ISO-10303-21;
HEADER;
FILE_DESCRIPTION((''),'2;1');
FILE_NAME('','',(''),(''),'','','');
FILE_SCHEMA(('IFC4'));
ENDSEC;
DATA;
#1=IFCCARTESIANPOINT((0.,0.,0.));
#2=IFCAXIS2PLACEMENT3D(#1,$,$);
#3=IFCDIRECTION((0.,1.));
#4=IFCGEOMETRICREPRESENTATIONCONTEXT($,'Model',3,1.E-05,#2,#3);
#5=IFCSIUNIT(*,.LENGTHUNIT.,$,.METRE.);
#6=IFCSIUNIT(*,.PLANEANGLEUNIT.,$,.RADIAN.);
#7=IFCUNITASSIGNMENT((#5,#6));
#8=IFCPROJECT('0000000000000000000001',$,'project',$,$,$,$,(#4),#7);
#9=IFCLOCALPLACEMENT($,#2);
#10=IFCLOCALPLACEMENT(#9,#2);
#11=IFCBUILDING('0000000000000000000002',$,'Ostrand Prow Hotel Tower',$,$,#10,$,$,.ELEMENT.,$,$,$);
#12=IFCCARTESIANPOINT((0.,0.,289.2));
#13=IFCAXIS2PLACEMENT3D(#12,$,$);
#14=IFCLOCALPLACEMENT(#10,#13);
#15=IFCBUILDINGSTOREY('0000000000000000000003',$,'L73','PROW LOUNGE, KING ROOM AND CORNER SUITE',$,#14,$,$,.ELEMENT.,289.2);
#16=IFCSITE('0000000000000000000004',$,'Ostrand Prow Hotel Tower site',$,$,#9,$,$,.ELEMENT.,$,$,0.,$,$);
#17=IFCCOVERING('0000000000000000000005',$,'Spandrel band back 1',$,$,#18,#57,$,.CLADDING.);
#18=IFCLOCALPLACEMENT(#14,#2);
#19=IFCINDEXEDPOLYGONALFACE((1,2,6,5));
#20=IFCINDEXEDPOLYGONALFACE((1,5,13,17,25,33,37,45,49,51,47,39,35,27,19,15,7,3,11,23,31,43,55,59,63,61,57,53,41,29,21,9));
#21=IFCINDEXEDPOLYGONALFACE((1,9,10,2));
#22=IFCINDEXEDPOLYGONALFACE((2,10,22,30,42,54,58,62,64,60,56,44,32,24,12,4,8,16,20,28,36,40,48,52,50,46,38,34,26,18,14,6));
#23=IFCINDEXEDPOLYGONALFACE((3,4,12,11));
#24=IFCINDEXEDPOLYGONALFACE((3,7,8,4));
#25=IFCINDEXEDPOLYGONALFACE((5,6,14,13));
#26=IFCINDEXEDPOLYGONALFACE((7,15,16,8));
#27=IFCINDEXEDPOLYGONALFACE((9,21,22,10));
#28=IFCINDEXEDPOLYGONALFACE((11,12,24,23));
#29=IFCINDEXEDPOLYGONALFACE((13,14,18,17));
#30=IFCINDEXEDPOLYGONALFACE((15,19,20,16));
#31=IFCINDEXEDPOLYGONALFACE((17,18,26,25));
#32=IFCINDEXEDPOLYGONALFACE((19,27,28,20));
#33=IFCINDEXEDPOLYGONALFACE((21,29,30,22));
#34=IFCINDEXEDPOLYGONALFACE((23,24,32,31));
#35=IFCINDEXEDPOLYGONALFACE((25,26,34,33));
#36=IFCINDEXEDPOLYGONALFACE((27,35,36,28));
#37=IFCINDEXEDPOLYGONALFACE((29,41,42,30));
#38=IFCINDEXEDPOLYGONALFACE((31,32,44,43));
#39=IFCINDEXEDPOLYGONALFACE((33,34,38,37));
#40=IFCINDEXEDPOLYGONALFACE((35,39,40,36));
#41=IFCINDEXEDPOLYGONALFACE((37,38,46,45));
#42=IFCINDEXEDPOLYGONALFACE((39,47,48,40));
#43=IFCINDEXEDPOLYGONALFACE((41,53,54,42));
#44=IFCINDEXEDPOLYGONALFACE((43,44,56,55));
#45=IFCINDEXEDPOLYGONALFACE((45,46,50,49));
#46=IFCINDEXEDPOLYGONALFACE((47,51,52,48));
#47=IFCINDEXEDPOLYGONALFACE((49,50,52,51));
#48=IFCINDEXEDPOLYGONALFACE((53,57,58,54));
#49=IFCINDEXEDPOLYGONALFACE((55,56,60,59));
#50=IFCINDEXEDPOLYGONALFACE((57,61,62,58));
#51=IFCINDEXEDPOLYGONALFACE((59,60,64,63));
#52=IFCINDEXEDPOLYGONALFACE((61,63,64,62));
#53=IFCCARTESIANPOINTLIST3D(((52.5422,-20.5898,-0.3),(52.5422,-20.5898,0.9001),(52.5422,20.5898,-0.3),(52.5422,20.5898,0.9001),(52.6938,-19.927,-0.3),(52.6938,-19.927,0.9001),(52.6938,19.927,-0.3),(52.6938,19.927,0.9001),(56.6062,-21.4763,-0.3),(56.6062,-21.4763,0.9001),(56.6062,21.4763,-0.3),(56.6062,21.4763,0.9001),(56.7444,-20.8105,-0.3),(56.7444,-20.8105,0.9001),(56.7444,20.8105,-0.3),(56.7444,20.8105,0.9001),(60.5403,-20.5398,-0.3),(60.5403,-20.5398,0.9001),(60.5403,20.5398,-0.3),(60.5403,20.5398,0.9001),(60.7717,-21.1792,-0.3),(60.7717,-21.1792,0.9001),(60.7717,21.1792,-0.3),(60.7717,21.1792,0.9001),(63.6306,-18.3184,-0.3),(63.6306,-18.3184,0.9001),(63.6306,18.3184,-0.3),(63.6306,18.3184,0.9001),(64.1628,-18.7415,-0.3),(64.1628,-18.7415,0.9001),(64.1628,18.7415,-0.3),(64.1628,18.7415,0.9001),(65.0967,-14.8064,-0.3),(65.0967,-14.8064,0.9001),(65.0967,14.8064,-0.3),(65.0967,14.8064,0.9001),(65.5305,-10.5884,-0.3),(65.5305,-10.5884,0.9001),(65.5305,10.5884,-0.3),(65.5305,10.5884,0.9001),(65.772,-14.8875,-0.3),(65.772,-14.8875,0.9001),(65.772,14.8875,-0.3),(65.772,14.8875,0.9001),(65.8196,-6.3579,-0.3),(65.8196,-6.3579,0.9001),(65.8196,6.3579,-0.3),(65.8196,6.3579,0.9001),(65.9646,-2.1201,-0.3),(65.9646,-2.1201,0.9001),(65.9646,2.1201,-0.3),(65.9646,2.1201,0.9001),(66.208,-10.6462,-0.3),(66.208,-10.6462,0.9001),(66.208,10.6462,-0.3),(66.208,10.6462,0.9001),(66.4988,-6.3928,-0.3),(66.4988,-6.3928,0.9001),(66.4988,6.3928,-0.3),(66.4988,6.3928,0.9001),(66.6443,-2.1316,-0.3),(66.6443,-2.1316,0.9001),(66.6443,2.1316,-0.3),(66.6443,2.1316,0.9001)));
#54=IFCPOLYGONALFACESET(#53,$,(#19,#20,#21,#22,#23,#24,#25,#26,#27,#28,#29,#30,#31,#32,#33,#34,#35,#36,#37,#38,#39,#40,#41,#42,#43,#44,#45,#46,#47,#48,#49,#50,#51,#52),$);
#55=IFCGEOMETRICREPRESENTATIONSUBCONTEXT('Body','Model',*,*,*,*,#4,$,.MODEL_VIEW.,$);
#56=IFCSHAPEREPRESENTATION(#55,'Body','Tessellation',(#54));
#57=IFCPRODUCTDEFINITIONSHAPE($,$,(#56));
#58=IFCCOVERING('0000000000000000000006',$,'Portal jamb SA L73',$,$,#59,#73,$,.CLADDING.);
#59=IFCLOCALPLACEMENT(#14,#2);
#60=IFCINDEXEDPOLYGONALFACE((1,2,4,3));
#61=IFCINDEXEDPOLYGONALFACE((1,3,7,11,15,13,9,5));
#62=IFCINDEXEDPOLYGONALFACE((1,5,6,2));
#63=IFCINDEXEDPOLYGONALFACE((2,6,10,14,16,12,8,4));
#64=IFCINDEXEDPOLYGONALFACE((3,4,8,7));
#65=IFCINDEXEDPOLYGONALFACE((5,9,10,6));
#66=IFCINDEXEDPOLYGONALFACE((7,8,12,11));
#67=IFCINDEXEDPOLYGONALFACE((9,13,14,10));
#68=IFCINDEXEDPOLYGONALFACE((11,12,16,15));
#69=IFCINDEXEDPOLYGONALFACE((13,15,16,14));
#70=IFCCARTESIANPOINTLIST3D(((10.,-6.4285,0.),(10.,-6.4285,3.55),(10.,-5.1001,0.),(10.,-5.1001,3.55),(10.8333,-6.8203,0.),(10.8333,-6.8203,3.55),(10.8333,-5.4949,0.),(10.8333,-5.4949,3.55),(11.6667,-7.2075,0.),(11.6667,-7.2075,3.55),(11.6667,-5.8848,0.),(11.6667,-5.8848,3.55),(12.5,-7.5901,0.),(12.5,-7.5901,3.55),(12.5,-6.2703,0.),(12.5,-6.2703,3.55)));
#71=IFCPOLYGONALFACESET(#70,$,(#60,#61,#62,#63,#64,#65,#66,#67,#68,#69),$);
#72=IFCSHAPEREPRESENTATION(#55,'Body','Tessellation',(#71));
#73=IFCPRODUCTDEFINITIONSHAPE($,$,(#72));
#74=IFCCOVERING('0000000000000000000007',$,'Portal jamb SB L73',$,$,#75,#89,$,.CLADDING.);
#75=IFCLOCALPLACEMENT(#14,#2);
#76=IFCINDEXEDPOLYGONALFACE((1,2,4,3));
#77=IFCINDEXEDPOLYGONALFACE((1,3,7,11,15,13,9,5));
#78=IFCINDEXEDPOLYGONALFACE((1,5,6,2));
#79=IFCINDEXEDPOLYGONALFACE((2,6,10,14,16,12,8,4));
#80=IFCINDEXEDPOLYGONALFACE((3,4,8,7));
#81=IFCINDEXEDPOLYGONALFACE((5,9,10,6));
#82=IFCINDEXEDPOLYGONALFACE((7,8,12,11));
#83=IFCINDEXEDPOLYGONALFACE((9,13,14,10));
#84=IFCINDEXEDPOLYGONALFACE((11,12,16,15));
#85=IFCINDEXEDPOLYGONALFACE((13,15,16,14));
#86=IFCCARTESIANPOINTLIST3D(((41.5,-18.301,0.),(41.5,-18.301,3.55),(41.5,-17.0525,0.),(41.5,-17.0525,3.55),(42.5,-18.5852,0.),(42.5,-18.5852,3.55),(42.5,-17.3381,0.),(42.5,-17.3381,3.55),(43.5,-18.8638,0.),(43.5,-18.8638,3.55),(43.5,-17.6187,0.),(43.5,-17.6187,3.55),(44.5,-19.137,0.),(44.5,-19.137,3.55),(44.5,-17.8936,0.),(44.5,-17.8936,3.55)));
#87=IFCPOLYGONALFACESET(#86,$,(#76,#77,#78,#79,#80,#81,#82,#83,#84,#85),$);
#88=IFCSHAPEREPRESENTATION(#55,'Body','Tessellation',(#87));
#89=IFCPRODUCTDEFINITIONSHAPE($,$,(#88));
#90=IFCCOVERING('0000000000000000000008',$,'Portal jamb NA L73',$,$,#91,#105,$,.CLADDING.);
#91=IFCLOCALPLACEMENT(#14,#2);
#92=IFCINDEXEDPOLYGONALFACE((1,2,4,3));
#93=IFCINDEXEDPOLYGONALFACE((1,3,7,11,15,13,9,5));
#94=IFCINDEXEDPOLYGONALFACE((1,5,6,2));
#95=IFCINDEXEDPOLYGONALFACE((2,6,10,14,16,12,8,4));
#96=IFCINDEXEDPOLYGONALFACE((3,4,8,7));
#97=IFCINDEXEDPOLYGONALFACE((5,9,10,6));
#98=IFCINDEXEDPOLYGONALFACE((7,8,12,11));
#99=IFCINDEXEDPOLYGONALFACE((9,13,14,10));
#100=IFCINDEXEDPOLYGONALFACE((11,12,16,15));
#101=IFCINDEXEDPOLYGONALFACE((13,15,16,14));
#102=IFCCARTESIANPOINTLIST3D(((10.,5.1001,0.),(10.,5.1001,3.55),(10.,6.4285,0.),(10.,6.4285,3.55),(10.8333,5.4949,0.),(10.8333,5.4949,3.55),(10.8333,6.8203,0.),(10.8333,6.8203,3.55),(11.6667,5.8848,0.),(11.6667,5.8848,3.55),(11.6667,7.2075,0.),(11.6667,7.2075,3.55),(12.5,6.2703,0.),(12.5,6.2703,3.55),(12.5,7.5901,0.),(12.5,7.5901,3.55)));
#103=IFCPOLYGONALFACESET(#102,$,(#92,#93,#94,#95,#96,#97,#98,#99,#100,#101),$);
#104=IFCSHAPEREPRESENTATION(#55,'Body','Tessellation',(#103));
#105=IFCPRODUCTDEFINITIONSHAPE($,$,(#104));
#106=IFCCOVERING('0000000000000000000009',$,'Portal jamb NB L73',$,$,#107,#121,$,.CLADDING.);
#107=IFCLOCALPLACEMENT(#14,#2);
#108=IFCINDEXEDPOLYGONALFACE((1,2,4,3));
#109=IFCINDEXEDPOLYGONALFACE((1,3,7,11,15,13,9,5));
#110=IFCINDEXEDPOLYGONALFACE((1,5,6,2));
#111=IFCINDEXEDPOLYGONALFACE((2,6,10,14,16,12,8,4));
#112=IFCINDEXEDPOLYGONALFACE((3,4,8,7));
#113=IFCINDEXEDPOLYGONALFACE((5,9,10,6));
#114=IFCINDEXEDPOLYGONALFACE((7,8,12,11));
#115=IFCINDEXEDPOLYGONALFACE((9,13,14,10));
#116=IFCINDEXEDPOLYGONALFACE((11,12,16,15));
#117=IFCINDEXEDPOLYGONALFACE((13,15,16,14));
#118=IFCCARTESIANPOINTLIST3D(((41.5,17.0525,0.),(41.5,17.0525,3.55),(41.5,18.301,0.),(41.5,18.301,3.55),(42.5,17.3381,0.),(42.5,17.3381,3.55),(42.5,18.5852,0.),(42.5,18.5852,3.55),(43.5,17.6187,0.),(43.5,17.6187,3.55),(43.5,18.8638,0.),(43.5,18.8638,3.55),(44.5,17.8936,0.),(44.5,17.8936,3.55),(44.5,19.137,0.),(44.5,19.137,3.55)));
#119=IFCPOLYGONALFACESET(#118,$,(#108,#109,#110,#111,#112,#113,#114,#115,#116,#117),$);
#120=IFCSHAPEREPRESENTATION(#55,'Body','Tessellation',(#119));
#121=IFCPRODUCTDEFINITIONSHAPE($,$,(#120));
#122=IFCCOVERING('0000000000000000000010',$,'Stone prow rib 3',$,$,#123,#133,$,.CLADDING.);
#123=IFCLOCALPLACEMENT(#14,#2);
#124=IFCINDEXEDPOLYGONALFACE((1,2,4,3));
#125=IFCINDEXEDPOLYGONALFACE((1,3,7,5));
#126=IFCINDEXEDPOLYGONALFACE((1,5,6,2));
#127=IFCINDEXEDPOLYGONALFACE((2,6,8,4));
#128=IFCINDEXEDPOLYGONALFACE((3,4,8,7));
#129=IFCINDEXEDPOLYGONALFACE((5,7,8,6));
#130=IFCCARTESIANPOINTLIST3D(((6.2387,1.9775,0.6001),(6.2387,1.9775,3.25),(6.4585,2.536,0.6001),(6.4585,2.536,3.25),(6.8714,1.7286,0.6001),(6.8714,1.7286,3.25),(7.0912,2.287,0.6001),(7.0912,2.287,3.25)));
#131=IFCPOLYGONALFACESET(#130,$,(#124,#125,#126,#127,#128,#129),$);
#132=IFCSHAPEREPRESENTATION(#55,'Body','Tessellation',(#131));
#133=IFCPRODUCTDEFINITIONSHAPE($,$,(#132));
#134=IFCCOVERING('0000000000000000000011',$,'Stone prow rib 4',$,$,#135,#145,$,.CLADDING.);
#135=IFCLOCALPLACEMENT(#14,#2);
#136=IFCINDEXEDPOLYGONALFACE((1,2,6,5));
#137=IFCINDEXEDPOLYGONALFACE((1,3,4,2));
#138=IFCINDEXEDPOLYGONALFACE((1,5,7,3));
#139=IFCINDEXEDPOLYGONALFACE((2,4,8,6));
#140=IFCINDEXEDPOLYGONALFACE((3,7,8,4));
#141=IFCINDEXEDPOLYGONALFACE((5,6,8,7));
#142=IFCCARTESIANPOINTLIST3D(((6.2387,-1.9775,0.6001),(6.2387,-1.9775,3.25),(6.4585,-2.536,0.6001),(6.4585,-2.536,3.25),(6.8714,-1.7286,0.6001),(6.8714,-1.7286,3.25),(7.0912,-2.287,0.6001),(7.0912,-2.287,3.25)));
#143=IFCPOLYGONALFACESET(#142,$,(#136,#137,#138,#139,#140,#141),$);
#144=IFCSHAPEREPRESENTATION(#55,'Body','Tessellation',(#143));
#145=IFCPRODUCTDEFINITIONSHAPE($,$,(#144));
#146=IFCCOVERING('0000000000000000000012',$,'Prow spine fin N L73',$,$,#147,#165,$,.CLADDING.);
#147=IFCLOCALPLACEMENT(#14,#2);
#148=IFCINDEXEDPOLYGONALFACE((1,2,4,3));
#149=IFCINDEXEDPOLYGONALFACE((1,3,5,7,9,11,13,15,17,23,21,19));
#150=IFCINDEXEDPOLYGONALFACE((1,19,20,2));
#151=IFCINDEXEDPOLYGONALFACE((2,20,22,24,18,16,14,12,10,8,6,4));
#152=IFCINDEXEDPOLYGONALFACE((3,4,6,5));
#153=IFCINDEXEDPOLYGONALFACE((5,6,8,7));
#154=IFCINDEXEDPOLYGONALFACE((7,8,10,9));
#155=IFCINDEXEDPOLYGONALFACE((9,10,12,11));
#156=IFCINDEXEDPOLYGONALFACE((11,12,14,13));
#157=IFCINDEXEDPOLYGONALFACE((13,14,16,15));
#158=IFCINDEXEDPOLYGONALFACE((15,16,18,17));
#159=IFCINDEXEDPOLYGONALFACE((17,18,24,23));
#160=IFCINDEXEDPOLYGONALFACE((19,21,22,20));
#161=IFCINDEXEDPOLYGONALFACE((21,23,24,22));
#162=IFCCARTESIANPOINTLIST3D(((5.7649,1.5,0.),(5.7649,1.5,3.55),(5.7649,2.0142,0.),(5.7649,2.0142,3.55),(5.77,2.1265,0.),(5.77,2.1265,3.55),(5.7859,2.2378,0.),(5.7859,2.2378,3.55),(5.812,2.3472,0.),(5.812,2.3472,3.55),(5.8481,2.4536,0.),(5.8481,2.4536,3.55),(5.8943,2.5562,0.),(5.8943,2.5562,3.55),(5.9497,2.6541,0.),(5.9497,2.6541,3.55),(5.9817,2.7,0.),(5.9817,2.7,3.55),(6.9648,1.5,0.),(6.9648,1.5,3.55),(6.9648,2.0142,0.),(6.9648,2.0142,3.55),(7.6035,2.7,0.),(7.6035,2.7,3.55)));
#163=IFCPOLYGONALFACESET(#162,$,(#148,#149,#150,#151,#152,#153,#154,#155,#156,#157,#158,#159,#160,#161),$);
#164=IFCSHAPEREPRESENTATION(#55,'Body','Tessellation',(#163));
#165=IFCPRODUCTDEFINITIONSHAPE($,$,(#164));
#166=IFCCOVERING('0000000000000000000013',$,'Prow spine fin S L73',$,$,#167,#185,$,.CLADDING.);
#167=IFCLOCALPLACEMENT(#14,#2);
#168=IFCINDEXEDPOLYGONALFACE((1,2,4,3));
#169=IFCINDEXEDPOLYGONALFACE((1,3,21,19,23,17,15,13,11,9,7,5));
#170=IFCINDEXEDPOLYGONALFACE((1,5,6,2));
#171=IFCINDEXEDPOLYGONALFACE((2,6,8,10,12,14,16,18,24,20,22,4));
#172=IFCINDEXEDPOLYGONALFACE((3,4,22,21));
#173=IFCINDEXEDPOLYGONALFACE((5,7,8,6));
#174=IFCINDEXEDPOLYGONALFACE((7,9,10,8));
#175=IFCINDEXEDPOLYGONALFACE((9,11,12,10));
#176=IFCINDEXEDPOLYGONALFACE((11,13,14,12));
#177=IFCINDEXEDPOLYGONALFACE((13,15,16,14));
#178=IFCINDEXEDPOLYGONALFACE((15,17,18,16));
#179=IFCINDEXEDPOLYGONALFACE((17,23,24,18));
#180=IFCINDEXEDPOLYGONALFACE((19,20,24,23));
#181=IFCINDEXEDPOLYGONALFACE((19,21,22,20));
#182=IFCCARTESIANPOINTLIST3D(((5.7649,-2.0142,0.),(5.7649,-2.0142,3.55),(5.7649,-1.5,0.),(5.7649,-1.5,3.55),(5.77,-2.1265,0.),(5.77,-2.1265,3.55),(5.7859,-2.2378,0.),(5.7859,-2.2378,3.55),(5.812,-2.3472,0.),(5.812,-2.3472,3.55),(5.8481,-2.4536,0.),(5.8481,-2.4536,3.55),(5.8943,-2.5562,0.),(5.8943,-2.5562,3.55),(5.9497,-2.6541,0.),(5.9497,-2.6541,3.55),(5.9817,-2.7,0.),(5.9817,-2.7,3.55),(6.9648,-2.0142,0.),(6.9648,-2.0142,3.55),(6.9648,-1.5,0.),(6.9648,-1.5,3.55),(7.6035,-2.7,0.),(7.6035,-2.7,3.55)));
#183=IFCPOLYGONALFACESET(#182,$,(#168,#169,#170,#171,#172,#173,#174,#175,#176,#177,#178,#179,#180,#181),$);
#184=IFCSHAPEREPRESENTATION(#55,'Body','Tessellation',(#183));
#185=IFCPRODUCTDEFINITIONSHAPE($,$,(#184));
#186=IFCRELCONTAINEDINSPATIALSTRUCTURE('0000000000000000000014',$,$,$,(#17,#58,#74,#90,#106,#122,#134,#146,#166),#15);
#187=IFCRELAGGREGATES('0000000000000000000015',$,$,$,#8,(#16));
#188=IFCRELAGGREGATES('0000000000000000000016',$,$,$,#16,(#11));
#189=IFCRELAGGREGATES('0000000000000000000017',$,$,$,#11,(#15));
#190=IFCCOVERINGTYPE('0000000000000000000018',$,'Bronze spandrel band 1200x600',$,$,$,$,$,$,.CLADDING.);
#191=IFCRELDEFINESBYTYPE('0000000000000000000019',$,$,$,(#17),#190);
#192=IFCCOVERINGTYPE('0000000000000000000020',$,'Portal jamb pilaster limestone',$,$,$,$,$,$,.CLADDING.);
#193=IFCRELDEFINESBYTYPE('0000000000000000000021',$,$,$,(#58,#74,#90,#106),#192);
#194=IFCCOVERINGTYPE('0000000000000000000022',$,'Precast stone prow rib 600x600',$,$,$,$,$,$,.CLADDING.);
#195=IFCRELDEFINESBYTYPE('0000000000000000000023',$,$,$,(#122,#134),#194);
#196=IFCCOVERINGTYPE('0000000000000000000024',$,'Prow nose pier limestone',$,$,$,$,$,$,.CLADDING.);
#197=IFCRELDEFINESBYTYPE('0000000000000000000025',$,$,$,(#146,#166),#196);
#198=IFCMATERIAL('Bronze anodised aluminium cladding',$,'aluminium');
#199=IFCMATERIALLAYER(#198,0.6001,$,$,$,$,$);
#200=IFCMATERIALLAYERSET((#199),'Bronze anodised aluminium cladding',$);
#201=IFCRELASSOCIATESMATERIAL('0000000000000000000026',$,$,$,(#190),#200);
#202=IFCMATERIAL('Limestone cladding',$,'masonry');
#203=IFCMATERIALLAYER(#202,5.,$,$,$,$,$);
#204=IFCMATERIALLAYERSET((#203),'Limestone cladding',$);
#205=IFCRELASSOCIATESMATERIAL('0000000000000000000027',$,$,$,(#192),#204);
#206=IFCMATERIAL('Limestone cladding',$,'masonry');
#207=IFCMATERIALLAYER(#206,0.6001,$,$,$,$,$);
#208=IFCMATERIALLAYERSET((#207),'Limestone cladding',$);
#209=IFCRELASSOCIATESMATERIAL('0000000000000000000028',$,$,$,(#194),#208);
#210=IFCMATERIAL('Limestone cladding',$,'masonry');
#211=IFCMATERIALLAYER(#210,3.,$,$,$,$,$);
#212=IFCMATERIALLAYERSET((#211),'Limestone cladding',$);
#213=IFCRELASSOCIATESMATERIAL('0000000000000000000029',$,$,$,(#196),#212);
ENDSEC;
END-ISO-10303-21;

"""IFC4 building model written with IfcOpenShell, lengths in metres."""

from ifc_helpers import new_model, si_unit, direction, frame, frame_2d, origin, place, context, subcontext, project, spatial, polyline, rectangle, outline, extrude, material, layer, layer_set, type_object, element, save


model = new_model("IFC4")

# Units and contexts
model_context = context("Model", 3, precision=1e-05, world=origin(), true_north=direction((0.0, 1.0)))
body_context = subcontext(model_context, "Body", "Model", "MODEL_VIEW")
ifc_project = project(units=[si_unit("LENGTHUNIT", "METRE"), si_unit("PLANEANGLEUNIT", "RADIAN")], contexts=[model_context])

# Site, building, storey
site_placement = place(None, origin())
site = spatial("IfcSite", under=ifc_project, at=site_placement, Name="Ostrand Prow Hotel Tower site", CompositionType="ELEMENT", RefElevation=0.0)
building_placement = place(site_placement, origin())
building = spatial("IfcBuilding", under=site, at=building_placement, Name="Ostrand Prow Hotel Tower", CompositionType="ELEMENT")
storey_placement = place(building_placement, frame((0.0, 0.0, 289.2)))
storey = spatial("IfcBuildingStorey", under=building, at=storey_placement, Name="L73", Description="PROW LOUNGE, KING ROOM AND CORNER SUITE", CompositionType="ELEMENT", Elevation=289.2)

# Coverings
ifc_material_1 = material(Name="Bronze anodised aluminium cladding", Category="aluminium")
ifc_layer_1 = layer(ifc_material_1, 0.6001)
ifc_layer_set_1 = layer_set([ifc_layer_1], Name="Bronze anodised aluminium cladding")
covering_type_1 = type_object("IfcCoveringType", Name="Bronze spandrel band 1200x600", PredefinedType="CLADDING", material=ifc_layer_set_1)
covering_1_placement = place(storey_placement, frame((0.0, 0.0, -0.3)))
element("IfcCovering", 1, at=covering_1_placement, inside=storey, type_object=covering_type_1, Name="Spandrel band back 1", PredefinedType="CLADDING", context=body_context, shape_type="SweptSolid", body=[
    extrude(outline(polyline([(52.5422, -20.5898), (56.6062, -21.4763), (60.7717, -21.1792), (64.1628, -18.7415), (65.772, -14.8875), (66.208, -10.6462), (66.4988, -6.3928), (66.6443, -2.1316), (66.6443, 2.1316), (66.4988, 6.3928), (66.208, 10.6462), (65.772, 14.8875), (64.1628, 18.7415), (60.7717, 21.1792), (56.6062, 21.4763), (52.5422, 20.5898), (52.6938, 19.927), (56.7444, 20.8105), (60.5403, 20.5398), (63.6306, 18.3184), (65.0967, 14.8064), (65.5305, 10.5884), (65.8196, 6.3579), (65.9646, 2.1201), (65.9646, -2.1201), (65.8196, -6.3579), (65.5305, -10.5884), (65.0967, -14.8064), (63.6306, -18.3184), (60.5403, -20.5398), (56.7444, -20.8105), (52.6938, -19.927), (52.5422, -20.5898)])), origin(), (0.0, 0.0, 1.0), 1.2002),
])
ifc_material_2 = material(Name="Limestone cladding", Category="masonry")
ifc_layer_2 = layer(ifc_material_2, 5.0)
ifc_layer_set_2 = layer_set([ifc_layer_2], Name="Limestone cladding")
covering_type_2 = type_object("IfcCoveringType", Name="Portal jamb pilaster limestone", PredefinedType="CLADDING", material=ifc_layer_set_2)
covering_2_placement = place(storey_placement, origin())
element("IfcCovering", 2, at=covering_2_placement, inside=storey, type_object=covering_type_2, Name="Portal jamb SA L73", PredefinedType="CLADDING", context=body_context, shape_type="SweptSolid", body=[
    extrude(outline(polyline([(10.0, -5.1001), (10.0, -6.4285), (10.8333, -6.8203), (11.6667, -7.2075), (12.5, -7.5901), (12.5, -6.2703), (11.6667, -5.8848), (10.8333, -5.4949), (10.0, -5.1001)])), origin(), (0.0, 0.0, 1.0), 3.55),
])
covering_3_placement = place(storey_placement, origin())
element("IfcCovering", 3, at=covering_3_placement, inside=storey, type_object=covering_type_2, Name="Portal jamb SB L73", PredefinedType="CLADDING", context=body_context, shape_type="SweptSolid", body=[
    extrude(outline(polyline([(41.5, -17.0525), (41.5, -18.301), (42.5, -18.5852), (43.5, -18.8638), (44.5, -19.137), (44.5, -17.8936), (43.5, -17.6187), (42.5, -17.3381), (41.5, -17.0525)])), origin(), (0.0, 0.0, 1.0), 3.55),
])
covering_4_placement = place(storey_placement, origin())
element("IfcCovering", 4, at=covering_4_placement, inside=storey, type_object=covering_type_2, Name="Portal jamb NA L73", PredefinedType="CLADDING", context=body_context, shape_type="SweptSolid", body=[
    extrude(outline(polyline([(10.0, 5.1001), (10.8333, 5.4949), (11.6667, 5.8848), (12.5, 6.2703), (12.5, 7.5901), (11.6667, 7.2075), (10.8333, 6.8203), (10.0, 6.4285), (10.0, 5.1001)])), origin(), (0.0, 0.0, 1.0), 3.55),
])
covering_5_placement = place(storey_placement, origin())
element("IfcCovering", 5, at=covering_5_placement, inside=storey, type_object=covering_type_2, Name="Portal jamb NB L73", PredefinedType="CLADDING", context=body_context, shape_type="SweptSolid", body=[
    extrude(outline(polyline([(41.5, 17.0525), (42.5, 17.3381), (43.5, 17.6187), (44.5, 17.8936), (44.5, 19.137), (43.5, 18.8638), (42.5, 18.5852), (41.5, 18.301), (41.5, 17.0525)])), origin(), (0.0, 0.0, 1.0), 3.55),
])
ifc_material_3 = material(Name="Limestone cladding", Category="masonry")
ifc_layer_3 = layer(ifc_material_3, 0.6001)
ifc_layer_set_3 = layer_set([ifc_layer_3], Name="Limestone cladding")
covering_type_3 = type_object("IfcCoveringType", Name="Precast stone prow rib 600x600", PredefinedType="CLADDING", material=ifc_layer_set_3)
for number, where, z_axis, x_axis, name in (
    (6, (6.9812, 2.0078, 0.6001), (0.0, 0.0, 1.0), (-0.930542, 0.366185, 0.0), "Stone prow rib 3"),
    (7, (6.9812, -2.0078, 0.6001), (0.0, 0.0, 1.0), (-0.930542, -0.366185, 0.0), "Stone prow rib 4"),
):
    element("IfcCovering", number, at=place(storey_placement, frame(where, z_axis=z_axis, x_axis=x_axis)), inside=storey, type_object=covering_type_3, Name=name, PredefinedType="CLADDING", context=body_context, shape_type="SweptSolid", body=[
        extrude(rectangle(XDim=0.6799, YDim=0.6001, at=frame_2d((0.3398, 0.0))), origin(), (0.0, 0.0, 1.0), 2.6499),
    ])
ifc_material_4 = material(Name="Limestone cladding", Category="masonry")
ifc_layer_4 = layer(ifc_material_4, 3.0)
ifc_layer_set_4 = layer_set([ifc_layer_4], Name="Limestone cladding")
covering_type_4 = type_object("IfcCoveringType", Name="Prow nose pier limestone", PredefinedType="CLADDING", material=ifc_layer_set_4)
covering_6_placement = place(storey_placement, origin())
element("IfcCovering", 8, at=covering_6_placement, inside=storey, type_object=covering_type_4, Name="Prow spine fin N L73", PredefinedType="CLADDING", context=body_context, shape_type="SweptSolid", body=[
    extrude(outline(polyline([(5.7649, 2.0142), (5.7649, 1.5), (6.9648, 1.5), (6.9648, 2.0142), (7.6035, 2.7), (5.9817, 2.7), (5.9497, 2.6541), (5.8943, 2.5562), (5.8481, 2.4536), (5.812, 2.3472), (5.7859, 2.2378), (5.77, 2.1265), (5.7649, 2.0142)])), origin(), (0.0, 0.0, 1.0), 3.55),
])
covering_7_placement = place(storey_placement, origin())
element("IfcCovering", 9, at=covering_7_placement, inside=storey, type_object=covering_type_4, Name="Prow spine fin S L73", PredefinedType="CLADDING", context=body_context, shape_type="SweptSolid", body=[
    extrude(outline(polyline([(5.9497, -2.6541), (5.9817, -2.7), (7.6035, -2.7), (6.9648, -2.0142), (6.9648, -1.5), (5.7649, -1.5), (5.7649, -2.0142), (5.77, -2.1265), (5.7859, -2.2378), (5.812, -2.3472), (5.8481, -2.4536), (5.8943, -2.5562), (5.9497, -2.6541)])), origin(), (0.0, 0.0, 1.0), 3.55),
])

save(model, "model.ifc")
